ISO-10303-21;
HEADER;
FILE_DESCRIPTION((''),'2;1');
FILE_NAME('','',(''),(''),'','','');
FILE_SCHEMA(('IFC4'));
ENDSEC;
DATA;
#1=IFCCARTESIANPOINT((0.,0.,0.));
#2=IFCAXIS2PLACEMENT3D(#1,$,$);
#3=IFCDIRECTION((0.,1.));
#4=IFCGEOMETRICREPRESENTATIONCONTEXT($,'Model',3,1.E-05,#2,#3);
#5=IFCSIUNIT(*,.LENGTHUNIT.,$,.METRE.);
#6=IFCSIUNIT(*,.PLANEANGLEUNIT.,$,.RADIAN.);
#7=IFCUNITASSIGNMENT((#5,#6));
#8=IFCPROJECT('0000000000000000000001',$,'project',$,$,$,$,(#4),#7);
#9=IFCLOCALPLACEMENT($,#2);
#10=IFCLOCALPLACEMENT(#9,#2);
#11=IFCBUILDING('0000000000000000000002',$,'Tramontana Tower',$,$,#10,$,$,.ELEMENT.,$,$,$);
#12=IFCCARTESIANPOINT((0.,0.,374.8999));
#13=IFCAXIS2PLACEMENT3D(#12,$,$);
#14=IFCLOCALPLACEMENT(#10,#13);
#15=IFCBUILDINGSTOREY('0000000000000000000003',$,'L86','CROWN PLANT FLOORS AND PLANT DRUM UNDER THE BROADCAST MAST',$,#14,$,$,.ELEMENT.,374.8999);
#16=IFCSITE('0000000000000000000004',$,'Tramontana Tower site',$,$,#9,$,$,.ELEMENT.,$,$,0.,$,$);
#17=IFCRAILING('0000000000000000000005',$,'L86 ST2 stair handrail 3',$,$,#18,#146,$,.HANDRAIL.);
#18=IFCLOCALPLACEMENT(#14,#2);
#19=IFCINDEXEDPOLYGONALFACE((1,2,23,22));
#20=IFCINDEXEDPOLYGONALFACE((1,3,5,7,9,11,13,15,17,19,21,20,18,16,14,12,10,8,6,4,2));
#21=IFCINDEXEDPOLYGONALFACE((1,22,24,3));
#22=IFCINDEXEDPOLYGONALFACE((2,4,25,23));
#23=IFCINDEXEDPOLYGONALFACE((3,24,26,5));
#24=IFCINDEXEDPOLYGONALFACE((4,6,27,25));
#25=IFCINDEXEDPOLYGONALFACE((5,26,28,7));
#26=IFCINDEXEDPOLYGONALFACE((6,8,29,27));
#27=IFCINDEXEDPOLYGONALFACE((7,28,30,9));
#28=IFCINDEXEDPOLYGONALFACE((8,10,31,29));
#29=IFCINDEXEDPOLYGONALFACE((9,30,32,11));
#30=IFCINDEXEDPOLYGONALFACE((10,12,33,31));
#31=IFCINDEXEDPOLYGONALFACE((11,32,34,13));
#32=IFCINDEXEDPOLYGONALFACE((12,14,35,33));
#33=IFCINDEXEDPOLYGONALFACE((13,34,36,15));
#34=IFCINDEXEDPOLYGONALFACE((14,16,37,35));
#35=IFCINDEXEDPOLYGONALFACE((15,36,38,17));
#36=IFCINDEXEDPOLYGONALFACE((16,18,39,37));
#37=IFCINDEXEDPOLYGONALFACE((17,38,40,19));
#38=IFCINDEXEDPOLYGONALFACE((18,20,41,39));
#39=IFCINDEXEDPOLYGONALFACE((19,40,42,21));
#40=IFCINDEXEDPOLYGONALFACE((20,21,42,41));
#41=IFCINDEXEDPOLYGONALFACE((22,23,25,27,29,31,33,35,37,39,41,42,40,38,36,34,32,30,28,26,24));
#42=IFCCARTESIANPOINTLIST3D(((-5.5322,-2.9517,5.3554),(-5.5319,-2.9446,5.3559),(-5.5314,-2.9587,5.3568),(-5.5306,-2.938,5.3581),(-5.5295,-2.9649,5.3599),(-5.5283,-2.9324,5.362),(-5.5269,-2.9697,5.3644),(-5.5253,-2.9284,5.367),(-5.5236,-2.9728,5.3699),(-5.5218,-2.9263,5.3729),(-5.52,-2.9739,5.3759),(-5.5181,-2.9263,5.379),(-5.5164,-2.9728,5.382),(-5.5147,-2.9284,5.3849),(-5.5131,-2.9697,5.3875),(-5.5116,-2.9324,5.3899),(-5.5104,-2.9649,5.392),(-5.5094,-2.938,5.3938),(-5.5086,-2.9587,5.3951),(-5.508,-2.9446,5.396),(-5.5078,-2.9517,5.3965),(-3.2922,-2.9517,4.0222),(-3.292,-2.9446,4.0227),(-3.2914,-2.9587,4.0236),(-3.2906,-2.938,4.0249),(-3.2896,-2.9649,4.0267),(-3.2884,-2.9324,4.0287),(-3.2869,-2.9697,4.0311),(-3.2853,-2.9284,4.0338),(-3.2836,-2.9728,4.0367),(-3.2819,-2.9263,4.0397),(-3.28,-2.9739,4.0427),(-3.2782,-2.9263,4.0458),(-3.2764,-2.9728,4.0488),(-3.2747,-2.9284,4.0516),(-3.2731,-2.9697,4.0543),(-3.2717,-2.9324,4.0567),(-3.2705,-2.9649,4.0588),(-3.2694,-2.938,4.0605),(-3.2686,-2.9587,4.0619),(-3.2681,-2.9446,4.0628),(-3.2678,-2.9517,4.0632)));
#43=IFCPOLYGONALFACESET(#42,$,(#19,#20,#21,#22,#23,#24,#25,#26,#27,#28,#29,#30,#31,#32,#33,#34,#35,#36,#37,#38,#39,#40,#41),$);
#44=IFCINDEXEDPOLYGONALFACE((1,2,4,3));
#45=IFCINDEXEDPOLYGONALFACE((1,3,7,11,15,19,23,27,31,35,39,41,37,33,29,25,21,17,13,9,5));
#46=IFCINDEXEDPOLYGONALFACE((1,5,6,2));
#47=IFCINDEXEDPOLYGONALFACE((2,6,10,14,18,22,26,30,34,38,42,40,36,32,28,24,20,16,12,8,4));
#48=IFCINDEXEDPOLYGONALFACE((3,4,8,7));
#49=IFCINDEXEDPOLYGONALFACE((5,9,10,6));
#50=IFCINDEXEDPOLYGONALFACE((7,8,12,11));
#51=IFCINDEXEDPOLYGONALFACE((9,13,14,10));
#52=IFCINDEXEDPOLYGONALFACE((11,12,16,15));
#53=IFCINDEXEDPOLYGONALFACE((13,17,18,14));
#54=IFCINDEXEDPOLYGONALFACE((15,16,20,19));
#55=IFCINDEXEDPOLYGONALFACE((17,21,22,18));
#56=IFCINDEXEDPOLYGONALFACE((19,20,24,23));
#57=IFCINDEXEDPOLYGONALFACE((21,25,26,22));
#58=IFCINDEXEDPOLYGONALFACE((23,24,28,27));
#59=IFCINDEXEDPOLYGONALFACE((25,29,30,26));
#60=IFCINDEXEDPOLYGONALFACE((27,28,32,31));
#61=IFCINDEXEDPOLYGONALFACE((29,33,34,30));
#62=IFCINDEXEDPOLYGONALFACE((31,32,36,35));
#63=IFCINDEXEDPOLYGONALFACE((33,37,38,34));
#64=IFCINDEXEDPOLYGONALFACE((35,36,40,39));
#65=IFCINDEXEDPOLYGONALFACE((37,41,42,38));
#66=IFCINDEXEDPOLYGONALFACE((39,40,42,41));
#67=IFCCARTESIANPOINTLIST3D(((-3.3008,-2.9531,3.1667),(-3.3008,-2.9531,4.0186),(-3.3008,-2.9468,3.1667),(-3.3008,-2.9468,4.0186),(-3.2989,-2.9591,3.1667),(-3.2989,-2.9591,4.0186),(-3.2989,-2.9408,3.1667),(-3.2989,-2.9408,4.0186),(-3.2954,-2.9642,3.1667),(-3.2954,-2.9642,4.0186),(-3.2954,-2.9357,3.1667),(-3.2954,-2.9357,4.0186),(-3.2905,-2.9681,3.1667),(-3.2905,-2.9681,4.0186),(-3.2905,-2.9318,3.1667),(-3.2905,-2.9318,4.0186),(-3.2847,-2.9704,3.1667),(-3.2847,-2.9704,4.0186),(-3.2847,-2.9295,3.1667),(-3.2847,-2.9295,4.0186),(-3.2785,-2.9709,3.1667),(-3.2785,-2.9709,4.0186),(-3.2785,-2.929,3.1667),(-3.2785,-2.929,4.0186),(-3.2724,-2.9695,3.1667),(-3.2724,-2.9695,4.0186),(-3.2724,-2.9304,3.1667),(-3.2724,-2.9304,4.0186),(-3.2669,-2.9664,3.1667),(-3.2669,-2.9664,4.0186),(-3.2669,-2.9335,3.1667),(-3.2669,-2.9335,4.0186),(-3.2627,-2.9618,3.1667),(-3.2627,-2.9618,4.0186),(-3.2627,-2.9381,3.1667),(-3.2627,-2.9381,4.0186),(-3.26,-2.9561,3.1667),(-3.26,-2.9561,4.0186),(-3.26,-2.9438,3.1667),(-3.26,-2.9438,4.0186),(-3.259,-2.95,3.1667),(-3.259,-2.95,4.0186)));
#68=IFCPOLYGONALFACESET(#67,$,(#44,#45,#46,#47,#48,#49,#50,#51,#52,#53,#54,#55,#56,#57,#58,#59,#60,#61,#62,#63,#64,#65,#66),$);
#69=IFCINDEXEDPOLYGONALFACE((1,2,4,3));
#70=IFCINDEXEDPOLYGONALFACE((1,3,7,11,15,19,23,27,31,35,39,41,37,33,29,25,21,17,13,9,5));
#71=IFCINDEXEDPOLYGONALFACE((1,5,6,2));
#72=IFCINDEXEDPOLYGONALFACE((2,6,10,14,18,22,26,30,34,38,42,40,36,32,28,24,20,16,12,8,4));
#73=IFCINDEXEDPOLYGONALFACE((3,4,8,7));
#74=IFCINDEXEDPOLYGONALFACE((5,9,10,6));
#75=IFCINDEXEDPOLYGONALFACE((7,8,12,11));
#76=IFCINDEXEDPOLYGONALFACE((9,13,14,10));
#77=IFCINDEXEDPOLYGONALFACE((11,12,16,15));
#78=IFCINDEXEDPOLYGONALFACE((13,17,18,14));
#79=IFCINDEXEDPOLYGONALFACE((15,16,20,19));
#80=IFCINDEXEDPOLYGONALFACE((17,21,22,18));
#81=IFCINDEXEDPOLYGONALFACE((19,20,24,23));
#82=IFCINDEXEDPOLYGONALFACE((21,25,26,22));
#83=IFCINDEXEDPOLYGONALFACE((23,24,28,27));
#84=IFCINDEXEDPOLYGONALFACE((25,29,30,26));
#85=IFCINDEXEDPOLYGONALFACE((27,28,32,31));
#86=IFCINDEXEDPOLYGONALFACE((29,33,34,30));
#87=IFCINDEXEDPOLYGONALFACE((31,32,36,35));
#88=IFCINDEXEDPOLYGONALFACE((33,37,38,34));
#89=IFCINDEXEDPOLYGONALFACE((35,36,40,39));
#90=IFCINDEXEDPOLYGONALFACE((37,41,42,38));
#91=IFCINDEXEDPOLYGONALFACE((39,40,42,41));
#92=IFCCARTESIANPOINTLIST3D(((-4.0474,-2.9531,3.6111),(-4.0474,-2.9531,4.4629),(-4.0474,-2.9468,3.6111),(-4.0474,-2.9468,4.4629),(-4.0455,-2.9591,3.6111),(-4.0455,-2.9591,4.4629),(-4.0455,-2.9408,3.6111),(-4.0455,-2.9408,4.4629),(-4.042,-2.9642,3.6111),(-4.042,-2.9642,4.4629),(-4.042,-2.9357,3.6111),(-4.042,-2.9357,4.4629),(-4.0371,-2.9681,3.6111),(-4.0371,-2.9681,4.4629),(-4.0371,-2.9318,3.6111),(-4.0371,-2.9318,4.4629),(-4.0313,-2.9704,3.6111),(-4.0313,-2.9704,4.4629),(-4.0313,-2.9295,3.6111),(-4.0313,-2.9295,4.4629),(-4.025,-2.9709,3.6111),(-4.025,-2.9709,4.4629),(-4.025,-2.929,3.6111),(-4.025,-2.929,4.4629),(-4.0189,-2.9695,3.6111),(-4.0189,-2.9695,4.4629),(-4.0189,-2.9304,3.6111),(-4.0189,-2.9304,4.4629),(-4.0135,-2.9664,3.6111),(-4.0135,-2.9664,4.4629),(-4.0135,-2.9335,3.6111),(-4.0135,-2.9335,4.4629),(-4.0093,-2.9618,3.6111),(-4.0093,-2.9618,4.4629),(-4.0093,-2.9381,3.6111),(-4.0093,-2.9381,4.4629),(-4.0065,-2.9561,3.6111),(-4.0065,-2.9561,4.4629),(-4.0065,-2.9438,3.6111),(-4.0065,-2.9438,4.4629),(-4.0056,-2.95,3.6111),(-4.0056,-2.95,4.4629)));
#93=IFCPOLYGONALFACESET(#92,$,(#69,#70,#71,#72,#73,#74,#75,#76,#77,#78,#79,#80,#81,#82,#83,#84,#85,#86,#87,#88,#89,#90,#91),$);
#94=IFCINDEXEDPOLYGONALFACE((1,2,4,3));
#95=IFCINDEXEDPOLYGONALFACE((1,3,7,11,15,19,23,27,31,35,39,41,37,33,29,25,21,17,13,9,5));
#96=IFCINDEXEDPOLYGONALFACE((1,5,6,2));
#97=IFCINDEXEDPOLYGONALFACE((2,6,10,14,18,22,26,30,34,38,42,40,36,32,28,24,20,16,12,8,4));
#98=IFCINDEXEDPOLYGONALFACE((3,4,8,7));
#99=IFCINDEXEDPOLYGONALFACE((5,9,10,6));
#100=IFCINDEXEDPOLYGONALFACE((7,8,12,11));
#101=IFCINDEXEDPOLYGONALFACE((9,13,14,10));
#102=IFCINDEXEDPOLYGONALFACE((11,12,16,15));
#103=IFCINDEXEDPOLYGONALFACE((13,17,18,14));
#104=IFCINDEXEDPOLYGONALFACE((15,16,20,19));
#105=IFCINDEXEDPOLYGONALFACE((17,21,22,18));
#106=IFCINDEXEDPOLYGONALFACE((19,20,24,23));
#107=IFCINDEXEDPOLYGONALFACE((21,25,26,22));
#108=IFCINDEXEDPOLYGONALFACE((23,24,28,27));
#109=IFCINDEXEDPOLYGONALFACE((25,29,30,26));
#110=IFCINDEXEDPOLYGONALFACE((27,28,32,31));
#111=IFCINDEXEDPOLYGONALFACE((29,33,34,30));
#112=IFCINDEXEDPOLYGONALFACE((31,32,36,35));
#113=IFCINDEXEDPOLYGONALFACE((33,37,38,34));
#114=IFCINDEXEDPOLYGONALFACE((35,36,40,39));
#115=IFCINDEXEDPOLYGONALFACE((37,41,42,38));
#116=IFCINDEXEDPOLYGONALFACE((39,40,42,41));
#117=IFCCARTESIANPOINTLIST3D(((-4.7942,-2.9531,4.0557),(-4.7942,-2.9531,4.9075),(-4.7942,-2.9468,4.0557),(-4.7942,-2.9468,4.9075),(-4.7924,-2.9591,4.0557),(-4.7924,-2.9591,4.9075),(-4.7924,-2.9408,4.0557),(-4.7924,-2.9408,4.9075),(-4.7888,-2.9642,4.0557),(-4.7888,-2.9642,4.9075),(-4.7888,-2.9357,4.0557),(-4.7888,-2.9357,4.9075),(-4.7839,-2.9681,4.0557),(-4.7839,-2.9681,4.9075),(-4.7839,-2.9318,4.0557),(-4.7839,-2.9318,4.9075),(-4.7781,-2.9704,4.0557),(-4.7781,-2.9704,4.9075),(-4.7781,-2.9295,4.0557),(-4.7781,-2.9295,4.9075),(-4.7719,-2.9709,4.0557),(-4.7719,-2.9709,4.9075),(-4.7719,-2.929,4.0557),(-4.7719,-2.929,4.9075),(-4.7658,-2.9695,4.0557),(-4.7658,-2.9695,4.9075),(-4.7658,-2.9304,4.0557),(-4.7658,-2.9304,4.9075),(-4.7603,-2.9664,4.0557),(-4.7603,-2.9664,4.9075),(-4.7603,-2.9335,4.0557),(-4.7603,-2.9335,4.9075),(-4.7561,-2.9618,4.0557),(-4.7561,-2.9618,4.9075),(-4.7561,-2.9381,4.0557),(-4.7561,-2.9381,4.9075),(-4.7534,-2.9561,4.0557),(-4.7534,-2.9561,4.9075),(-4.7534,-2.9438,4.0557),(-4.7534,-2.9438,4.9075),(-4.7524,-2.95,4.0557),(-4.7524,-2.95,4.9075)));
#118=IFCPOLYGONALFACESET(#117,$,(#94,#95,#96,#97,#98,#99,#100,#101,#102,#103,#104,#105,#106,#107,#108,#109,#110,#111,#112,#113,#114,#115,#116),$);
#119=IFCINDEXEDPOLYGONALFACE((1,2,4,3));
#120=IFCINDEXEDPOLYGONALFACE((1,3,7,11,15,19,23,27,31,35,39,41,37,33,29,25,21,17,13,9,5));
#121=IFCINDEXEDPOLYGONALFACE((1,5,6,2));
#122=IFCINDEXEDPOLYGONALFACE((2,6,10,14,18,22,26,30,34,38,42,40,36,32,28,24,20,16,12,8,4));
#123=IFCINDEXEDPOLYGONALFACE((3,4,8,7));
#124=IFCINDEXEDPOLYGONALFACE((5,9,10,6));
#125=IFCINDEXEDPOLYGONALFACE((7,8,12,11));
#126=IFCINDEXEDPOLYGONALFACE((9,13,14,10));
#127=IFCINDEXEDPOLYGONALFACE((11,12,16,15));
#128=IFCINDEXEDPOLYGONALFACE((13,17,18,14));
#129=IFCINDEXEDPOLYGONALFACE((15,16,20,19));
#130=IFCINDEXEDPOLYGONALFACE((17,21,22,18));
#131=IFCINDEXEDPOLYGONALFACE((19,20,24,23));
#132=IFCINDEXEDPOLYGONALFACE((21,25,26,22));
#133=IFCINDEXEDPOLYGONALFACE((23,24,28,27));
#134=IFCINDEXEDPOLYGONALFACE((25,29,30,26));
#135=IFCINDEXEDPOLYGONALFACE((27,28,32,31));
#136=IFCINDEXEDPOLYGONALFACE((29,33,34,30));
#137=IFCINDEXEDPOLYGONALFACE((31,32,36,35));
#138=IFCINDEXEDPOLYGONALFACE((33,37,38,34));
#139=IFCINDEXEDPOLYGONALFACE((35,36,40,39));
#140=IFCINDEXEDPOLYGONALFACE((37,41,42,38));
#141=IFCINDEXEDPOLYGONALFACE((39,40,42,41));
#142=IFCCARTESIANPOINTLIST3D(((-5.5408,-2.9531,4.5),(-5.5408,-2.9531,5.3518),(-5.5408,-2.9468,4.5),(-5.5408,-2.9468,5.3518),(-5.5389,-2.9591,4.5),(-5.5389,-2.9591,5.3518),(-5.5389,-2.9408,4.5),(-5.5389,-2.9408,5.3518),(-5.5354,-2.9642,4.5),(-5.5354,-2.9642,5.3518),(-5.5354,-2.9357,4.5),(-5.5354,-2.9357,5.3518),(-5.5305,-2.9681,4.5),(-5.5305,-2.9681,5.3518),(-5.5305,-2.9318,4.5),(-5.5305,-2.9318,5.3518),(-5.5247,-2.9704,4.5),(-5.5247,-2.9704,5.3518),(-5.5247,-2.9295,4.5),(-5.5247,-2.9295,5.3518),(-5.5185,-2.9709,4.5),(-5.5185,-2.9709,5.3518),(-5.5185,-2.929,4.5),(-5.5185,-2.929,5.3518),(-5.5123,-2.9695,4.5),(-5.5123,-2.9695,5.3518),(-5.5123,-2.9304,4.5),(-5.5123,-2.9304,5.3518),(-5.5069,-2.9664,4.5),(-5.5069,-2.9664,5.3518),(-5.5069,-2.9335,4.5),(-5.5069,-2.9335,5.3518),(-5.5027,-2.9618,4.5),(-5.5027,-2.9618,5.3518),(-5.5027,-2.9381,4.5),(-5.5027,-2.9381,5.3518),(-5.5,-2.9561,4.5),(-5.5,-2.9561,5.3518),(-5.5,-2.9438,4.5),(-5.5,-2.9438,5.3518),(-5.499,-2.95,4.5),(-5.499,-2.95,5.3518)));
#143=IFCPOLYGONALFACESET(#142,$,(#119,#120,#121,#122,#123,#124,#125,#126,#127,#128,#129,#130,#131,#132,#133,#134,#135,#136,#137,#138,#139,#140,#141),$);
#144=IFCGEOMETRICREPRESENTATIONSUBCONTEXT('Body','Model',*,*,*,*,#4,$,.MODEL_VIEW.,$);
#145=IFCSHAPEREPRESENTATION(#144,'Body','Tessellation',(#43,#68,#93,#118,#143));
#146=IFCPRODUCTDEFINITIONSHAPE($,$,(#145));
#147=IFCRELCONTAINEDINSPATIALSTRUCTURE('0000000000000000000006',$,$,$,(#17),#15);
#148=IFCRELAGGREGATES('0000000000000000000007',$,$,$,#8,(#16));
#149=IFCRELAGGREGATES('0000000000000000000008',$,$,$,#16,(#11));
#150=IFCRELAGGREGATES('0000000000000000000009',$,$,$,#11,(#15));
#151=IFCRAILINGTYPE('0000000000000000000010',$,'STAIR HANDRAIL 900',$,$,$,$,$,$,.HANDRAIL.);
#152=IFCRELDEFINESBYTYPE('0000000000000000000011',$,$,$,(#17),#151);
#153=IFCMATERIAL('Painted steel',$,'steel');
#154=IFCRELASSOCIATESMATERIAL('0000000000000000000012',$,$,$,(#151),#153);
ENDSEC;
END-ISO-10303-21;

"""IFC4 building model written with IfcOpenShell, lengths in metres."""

from ifc_helpers import new_model, si_unit, direction, frame, origin, origin_2d, place, context, subcontext, project, spatial, circle, extrude, material, type_object, element, save


model = new_model("IFC4")

# Units and contexts
model_context = context("Model", 3, precision=1e-05, world=origin(), true_north=direction((0.0, 1.0)))
body_context = subcontext(model_context, "Body", "Model", "MODEL_VIEW")
ifc_project = project(units=[si_unit("LENGTHUNIT", "METRE"), si_unit("PLANEANGLEUNIT", "RADIAN")], contexts=[model_context])

# Site, building, storey
site_placement = place(None, origin())
site = spatial("IfcSite", under=ifc_project, at=site_placement, Name="Tramontana Tower site", CompositionType="ELEMENT", RefElevation=0.0)
building_placement = place(site_placement, origin())
building = spatial("IfcBuilding", under=site, at=building_placement, Name="Tramontana Tower", CompositionType="ELEMENT")
storey_placement = place(building_placement, frame((0.0, 0.0, 374.8999)))
storey = spatial("IfcBuildingStorey", under=building, at=storey_placement, Name="L86", Description="CROWN PLANT FLOORS AND PLANT DRUM UNDER THE BROADCAST MAST", CompositionType="ELEMENT", Elevation=374.8999)

# Railing
ifc_material_1 = material(Name="Painted steel", Category="steel")
railing_type_1 = type_object("IfcRailingType", Name="STAIR HANDRAIL 900", PredefinedType="HANDRAIL", material=ifc_material_1)
for number, where, name in (
    (1, (-3.28, -2.95, 3.1667), "L86 ST2 stair handrail 3"),
):
    element("IfcRailing", number, at=place(storey_placement, frame(where)), inside=storey, type_object=railing_type_1, Name=name, PredefinedType="HANDRAIL", context=body_context, shape_type="SweptSolid", body=[
        extrude(circle(Radius=0.0239, at=origin_2d()), frame((0.0, 0.0, 0.876), z_axis=(-0.859306, 0.0, 0.511462), x_axis=(0.0, -1.0, 0.0)), (0.0, 0.0, 1.0), 2.6067),
        extrude(circle(Radius=0.021, at=origin_2d()), origin(), (0.0, 0.0, 1.0), 0.8518),
        extrude(circle(Radius=0.021, at=origin_2d()), frame((-0.7466, 0.0, 0.4443)), (0.0, 0.0, 1.0), 0.8518),
        extrude(circle(Radius=0.021, at=origin_2d()), frame((-1.4934, 0.0, 0.8889)), (0.0, 0.0, 1.0), 0.8518),
        extrude(circle(Radius=0.021, at=origin_2d()), frame((-2.24, 0.0, 1.3333)), (0.0, 0.0, 1.0), 0.8518),
    ])

save(model, "model.ifc")
